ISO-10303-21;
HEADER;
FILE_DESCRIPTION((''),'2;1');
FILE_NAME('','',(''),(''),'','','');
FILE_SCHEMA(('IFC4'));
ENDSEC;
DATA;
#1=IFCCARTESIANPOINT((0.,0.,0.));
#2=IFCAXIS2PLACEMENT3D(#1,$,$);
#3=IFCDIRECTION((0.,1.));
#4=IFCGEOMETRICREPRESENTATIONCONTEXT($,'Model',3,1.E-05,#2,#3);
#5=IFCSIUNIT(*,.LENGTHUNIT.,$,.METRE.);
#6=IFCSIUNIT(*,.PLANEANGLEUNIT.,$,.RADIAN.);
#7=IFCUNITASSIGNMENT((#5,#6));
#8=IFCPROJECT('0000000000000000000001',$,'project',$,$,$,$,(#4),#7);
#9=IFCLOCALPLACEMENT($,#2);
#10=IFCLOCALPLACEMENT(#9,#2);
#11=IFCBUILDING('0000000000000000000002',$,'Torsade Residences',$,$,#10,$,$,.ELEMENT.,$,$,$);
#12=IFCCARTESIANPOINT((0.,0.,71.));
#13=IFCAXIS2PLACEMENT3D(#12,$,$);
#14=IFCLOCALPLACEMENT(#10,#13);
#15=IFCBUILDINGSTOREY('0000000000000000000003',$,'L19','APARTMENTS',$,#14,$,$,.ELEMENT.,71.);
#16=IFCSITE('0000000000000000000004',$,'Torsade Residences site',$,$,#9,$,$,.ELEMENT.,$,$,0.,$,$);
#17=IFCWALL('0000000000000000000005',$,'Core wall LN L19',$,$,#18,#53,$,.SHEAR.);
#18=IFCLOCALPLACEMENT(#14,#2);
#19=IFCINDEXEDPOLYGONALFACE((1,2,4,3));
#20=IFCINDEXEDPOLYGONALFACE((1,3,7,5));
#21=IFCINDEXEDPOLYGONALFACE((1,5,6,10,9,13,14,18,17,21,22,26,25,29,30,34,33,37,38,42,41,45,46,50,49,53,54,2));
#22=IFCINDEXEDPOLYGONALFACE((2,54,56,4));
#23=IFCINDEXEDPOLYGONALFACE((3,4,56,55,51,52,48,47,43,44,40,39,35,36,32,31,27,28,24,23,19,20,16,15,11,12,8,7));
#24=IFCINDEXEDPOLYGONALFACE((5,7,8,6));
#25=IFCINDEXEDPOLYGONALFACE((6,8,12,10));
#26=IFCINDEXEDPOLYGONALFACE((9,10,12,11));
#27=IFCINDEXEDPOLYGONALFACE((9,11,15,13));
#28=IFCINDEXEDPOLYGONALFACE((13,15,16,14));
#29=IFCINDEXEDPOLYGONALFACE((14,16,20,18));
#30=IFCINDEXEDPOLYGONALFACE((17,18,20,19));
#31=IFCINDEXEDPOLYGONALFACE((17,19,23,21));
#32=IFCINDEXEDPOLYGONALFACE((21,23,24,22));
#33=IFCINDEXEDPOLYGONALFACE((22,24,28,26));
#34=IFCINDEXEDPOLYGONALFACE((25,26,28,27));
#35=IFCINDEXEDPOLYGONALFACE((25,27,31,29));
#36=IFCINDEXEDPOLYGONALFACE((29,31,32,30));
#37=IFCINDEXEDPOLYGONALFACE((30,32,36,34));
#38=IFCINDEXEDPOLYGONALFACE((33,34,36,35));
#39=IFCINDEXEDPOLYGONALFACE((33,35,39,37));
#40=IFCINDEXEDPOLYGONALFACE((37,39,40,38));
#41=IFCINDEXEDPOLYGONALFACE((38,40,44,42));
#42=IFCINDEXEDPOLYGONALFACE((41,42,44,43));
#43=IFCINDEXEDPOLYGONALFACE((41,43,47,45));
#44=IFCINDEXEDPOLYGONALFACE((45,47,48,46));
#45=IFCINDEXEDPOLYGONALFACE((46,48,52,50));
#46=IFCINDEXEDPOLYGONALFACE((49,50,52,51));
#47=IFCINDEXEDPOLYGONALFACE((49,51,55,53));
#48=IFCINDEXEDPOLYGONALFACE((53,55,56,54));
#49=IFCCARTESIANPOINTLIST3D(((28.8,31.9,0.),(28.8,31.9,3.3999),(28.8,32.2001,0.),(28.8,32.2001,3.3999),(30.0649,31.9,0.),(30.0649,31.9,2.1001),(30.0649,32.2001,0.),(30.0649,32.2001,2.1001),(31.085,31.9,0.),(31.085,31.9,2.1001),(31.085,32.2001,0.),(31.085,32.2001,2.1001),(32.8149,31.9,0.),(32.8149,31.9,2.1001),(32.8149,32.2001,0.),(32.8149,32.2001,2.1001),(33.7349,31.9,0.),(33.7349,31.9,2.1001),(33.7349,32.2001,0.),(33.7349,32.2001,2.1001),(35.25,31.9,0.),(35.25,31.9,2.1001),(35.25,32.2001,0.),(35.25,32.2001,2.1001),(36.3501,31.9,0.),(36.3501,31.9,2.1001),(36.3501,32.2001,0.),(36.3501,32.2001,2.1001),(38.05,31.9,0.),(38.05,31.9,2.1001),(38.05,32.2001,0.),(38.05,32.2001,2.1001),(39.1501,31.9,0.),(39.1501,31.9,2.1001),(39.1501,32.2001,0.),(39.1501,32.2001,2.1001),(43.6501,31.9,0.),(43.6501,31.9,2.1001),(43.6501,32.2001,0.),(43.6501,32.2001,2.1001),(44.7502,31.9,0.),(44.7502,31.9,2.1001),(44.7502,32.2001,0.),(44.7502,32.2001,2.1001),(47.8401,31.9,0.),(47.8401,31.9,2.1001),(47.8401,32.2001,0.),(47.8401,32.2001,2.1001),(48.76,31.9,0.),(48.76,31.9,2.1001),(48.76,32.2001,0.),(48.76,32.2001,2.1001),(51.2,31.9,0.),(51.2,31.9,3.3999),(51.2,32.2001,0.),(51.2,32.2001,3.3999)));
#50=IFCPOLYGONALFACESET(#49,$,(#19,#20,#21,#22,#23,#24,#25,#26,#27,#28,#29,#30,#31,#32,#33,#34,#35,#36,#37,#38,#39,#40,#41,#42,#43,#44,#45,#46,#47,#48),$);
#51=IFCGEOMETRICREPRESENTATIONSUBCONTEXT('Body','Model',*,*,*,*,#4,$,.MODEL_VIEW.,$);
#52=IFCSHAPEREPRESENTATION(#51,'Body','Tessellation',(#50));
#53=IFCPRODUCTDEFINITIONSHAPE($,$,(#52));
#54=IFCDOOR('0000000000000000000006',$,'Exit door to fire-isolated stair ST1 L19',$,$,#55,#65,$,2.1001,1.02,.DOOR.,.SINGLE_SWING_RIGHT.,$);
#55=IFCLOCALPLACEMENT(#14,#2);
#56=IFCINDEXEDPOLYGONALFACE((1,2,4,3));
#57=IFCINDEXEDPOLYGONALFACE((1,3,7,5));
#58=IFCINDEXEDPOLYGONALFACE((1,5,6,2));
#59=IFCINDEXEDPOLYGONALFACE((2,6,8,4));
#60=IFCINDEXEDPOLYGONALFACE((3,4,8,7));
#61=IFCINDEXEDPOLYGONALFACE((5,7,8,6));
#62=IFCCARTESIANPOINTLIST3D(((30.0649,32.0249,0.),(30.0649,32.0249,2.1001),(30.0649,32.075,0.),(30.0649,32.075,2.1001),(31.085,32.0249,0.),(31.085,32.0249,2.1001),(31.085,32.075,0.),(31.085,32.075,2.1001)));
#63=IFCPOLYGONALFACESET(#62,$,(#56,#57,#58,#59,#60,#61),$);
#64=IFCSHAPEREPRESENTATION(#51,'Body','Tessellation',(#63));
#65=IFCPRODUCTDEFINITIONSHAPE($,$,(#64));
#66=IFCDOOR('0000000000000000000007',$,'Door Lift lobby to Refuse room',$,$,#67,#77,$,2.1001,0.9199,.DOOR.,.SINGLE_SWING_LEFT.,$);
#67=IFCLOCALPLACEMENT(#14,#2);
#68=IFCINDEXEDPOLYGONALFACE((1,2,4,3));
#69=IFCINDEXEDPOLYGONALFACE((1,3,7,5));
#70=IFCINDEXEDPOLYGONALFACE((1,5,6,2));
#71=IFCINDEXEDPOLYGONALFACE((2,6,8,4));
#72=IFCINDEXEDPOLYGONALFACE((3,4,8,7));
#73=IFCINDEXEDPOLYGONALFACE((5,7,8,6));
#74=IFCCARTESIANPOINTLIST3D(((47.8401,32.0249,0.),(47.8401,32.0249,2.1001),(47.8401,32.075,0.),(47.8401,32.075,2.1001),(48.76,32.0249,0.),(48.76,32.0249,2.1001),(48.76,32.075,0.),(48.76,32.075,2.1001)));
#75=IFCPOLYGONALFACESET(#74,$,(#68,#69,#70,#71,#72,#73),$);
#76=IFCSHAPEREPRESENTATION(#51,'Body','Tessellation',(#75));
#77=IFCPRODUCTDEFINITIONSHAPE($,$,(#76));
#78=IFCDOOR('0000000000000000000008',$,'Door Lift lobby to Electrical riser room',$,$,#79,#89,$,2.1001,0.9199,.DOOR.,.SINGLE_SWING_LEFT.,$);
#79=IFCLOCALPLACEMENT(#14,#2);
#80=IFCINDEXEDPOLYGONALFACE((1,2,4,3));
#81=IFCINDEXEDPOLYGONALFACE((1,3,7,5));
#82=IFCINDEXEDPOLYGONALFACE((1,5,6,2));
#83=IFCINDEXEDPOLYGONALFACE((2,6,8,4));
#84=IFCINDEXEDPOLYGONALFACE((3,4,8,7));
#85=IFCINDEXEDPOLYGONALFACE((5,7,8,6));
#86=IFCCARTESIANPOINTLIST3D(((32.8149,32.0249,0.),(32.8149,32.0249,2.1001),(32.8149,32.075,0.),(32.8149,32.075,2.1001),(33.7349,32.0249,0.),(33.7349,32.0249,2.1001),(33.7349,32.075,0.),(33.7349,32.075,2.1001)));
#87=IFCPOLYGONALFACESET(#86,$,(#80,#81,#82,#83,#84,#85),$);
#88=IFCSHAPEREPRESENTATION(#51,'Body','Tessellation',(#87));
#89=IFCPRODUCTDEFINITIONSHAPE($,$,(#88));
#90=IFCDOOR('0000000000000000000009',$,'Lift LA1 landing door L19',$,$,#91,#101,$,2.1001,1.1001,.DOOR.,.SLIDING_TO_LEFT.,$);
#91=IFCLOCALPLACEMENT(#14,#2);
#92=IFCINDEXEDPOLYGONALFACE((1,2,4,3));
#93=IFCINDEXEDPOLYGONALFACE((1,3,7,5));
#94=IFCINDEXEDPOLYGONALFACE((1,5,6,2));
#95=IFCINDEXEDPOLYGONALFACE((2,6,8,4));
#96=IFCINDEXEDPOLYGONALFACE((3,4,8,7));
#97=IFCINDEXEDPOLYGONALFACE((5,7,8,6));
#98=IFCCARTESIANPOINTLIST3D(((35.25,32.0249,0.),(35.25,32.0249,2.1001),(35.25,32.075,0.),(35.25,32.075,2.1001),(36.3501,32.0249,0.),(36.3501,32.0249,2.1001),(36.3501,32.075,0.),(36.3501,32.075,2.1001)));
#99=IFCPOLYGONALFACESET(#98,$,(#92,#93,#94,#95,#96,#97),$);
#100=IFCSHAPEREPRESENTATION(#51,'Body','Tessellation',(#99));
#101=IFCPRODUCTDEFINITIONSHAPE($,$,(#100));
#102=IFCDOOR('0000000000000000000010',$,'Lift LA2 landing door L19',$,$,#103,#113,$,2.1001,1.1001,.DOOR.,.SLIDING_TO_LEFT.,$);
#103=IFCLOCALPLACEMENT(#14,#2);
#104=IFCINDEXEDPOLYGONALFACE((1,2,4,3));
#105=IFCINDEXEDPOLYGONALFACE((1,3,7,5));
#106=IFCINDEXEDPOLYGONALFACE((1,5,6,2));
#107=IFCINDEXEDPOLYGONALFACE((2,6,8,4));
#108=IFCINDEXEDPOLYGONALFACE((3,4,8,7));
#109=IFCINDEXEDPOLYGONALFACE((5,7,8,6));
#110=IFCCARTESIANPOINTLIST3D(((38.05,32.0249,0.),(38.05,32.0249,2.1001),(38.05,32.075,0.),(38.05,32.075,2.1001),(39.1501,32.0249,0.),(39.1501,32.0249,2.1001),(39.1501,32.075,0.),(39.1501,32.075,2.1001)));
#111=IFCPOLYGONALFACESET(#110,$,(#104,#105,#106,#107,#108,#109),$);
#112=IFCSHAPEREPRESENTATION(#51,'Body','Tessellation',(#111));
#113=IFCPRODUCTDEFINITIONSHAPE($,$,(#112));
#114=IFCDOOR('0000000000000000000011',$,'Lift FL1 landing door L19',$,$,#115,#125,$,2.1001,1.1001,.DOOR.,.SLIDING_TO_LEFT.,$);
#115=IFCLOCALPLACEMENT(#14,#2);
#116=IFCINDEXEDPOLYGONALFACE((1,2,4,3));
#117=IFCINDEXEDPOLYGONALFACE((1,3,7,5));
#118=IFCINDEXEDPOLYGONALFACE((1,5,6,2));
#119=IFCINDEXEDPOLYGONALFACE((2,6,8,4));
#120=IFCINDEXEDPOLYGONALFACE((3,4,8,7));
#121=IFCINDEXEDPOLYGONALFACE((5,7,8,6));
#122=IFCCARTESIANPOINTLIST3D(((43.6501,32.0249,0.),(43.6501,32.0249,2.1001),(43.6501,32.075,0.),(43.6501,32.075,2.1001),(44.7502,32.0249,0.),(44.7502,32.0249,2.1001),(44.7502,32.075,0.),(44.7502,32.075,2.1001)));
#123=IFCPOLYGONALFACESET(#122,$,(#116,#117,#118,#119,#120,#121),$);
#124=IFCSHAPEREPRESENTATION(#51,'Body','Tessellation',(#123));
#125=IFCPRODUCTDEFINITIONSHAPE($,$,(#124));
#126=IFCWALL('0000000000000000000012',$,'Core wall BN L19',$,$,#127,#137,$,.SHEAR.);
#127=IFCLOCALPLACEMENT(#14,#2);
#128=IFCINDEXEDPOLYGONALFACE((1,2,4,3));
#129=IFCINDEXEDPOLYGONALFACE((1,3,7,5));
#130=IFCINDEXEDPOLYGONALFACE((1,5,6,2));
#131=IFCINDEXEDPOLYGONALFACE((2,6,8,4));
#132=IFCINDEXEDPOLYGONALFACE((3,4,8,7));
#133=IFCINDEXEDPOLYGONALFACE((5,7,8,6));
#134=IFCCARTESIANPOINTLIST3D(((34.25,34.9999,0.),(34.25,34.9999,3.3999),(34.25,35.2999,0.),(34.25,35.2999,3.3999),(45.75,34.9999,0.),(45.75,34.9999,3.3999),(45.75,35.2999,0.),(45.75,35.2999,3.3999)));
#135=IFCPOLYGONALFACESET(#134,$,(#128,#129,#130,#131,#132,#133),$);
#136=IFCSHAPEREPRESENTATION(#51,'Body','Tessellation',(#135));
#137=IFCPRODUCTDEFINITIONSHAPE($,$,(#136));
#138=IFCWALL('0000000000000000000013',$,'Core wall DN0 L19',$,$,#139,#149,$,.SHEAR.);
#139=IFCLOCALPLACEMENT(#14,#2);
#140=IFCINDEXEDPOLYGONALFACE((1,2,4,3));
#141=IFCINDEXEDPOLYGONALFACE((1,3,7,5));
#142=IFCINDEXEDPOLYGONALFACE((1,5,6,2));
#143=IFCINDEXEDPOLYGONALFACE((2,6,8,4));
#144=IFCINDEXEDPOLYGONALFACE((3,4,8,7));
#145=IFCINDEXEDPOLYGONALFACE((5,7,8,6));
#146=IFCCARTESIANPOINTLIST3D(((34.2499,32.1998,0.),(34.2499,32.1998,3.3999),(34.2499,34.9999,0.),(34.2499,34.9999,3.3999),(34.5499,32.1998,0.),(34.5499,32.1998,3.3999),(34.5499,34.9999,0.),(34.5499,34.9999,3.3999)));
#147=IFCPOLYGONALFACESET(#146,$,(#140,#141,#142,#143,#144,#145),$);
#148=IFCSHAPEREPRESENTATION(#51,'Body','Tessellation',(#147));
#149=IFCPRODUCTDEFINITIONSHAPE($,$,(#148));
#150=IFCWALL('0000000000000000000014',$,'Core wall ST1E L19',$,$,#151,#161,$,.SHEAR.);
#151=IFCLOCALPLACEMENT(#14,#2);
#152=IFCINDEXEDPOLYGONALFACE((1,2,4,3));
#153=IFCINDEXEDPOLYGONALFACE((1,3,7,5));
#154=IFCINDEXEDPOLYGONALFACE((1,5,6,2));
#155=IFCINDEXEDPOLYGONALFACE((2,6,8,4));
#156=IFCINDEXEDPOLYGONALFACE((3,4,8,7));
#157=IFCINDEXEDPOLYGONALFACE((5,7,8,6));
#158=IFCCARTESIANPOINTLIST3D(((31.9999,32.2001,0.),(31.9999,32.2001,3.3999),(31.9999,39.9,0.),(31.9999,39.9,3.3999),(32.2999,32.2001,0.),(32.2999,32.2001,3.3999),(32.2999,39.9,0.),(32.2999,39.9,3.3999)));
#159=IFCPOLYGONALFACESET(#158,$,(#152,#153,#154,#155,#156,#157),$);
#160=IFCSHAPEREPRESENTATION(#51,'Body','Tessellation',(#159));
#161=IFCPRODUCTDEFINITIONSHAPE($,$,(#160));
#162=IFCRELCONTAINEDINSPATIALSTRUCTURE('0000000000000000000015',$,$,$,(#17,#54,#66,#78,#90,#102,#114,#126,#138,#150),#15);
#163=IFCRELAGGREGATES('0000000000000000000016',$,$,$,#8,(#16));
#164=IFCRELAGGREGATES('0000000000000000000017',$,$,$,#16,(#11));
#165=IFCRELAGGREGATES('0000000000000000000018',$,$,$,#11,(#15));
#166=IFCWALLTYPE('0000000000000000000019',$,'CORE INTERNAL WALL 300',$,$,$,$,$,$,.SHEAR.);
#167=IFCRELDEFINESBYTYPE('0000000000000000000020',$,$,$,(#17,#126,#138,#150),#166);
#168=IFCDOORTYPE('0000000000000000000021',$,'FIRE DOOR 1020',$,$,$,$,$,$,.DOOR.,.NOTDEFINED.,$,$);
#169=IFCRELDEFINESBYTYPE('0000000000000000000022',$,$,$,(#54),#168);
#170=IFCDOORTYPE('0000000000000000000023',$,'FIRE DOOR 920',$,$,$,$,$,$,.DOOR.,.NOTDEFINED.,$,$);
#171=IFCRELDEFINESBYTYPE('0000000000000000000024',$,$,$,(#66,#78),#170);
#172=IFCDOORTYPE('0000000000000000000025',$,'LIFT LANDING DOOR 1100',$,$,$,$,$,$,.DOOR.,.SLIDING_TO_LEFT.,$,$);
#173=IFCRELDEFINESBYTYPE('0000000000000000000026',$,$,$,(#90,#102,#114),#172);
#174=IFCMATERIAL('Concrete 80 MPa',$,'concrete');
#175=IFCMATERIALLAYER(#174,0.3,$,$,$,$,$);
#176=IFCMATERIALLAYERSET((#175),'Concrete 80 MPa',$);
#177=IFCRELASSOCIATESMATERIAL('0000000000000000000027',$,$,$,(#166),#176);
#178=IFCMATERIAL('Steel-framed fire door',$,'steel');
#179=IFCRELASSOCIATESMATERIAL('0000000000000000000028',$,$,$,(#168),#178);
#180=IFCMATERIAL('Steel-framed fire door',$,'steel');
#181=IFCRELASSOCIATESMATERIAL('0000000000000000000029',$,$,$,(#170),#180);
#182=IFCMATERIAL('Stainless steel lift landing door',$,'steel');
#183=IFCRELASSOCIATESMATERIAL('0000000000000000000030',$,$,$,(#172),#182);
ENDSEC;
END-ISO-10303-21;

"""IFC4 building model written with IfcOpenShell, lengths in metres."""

from ifc_helpers import new_model, si_unit, direction, frame, frame_2d, origin, place, context, subcontext, project, spatial, rectangle, extrude, material, layer, layer_set, type_object, element, fill, save


model = new_model("IFC4")

# Units and contexts
model_context = context("Model", 3, precision=1e-05, world=origin(), true_north=direction((0.0, 1.0)))
body_context = subcontext(model_context, "Body", "Model", "MODEL_VIEW")
ifc_project = project(units=[si_unit("LENGTHUNIT", "METRE"), si_unit("PLANEANGLEUNIT", "RADIAN")], contexts=[model_context])

# Site, building, storey
site_placement = place(None, origin())
site = spatial("IfcSite", under=ifc_project, at=site_placement, Name="Torsade Residences site", CompositionType="ELEMENT", RefElevation=0.0)
building_placement = place(site_placement, origin())
building = spatial("IfcBuilding", under=site, at=building_placement, Name="Torsade Residences", CompositionType="ELEMENT")
storey_placement = place(building_placement, frame((0.0, 0.0, 71.0)))
storey = spatial("IfcBuildingStorey", under=building, at=storey_placement, Name="L19", Description="APARTMENTS", CompositionType="ELEMENT", Elevation=71.0)

# Wall, openings, doors
ifc_material_1 = material(Name="Concrete 80 MPa", Category="concrete")
ifc_layer_1 = layer(ifc_material_1, 0.3)
ifc_layer_set_1 = layer_set([ifc_layer_1], Name="Concrete 80 MPa")
wall_type_1 = type_object("IfcWallType", Name="CORE INTERNAL WALL 300", PredefinedType="SHEAR", material=ifc_layer_set_1)
wall_1_placement = place(storey_placement, frame((28.8, 32.05, 0.0), z_axis=(0.0, 0.0, 1.0), x_axis=(1.0, 0.0, 0.0)))
wall_1 = element("IfcWall", 1, at=wall_1_placement, inside=storey, type_object=wall_type_1, Name="Core wall LN L19", PredefinedType="SHEAR", context=body_context, shape_type="SweptSolid", body=[
    extrude(rectangle(XDim=22.3999, YDim=0.3, at=frame_2d((11.2, 0.0))), origin(), (0.0, 0.0, 1.0), 3.3999),
])
opening_1_placement = place(wall_1_placement, frame((19.04, 0.0, 0.0)))
opening_1 = element("IfcOpeningElement", 2, at=opening_1_placement, cuts=wall_1, PredefinedType="OPENING", context=body_context, shape_type="SweptSolid", body=[
    extrude(rectangle(XDim=0.9199, YDim=2.1001, at=frame_2d((0.46, 1.05))), frame((0.0, 0.1599, 0.0), z_axis=(0.0, -1.0, 0.0), x_axis=(1.0, 0.0, 0.0)), (0.0, 0.0, 1.0), 0.3201),
])
opening_2_placement = place(wall_1_placement, frame((1.2649, 0.0, 0.0)))
opening_2 = element("IfcOpeningElement", 3, at=opening_2_placement, cuts=wall_1, PredefinedType="OPENING", context=body_context, shape_type="SweptSolid", body=[
    extrude(rectangle(XDim=1.02, YDim=2.1001, at=frame_2d((0.51, 1.05))), frame((0.0, 0.1599, 0.0), z_axis=(0.0, -1.0, 0.0), x_axis=(1.0, 0.0, 0.0)), (0.0, 0.0, 1.0), 0.3201),
])
opening_3_placement = place(wall_1_placement, frame((4.0149, 0.0, 0.0)))
opening_3 = element("IfcOpeningElement", 4, at=opening_3_placement, cuts=wall_1, PredefinedType="OPENING", context=body_context, shape_type="SweptSolid", body=[
    extrude(rectangle(XDim=0.9199, YDim=2.1001, at=frame_2d((0.46, 1.05))), frame((0.0, 0.1599, 0.0), z_axis=(0.0, -1.0, 0.0), x_axis=(1.0, 0.0, 0.0)), (0.0, 0.0, 1.0), 0.3201),
])
opening_4_placement = place(wall_1_placement, frame((6.45, 0.0, 0.0)))
opening_4 = element("IfcOpeningElement", 5, at=opening_4_placement, cuts=wall_1, PredefinedType="OPENING", context=body_context, shape_type="SweptSolid", body=[
    extrude(rectangle(XDim=1.1001, YDim=2.1001, at=frame_2d((0.55, 1.05))), frame((0.0, 0.1599, 0.0), z_axis=(0.0, -1.0, 0.0), x_axis=(1.0, 0.0, 0.0)), (0.0, 0.0, 1.0), 0.3201),
])
opening_5_placement = place(wall_1_placement, frame((9.25, 0.0, 0.0)))
opening_5 = element("IfcOpeningElement", 6, at=opening_5_placement, cuts=wall_1, PredefinedType="OPENING", context=body_context, shape_type="SweptSolid", body=[
    extrude(rectangle(XDim=1.1001, YDim=2.1001, at=frame_2d((0.55, 1.05))), frame((0.0, 0.1599, 0.0), z_axis=(0.0, -1.0, 0.0), x_axis=(1.0, 0.0, 0.0)), (0.0, 0.0, 1.0), 0.3201),
])
opening_6_placement = place(wall_1_placement, frame((14.8501, 0.0, 0.0)))
opening_6 = element("IfcOpeningElement", 7, at=opening_6_placement, cuts=wall_1, PredefinedType="OPENING", context=body_context, shape_type="SweptSolid", body=[
    extrude(rectangle(XDim=1.1001, YDim=2.1001, at=frame_2d((0.55, 1.05))), frame((0.0, 0.1599, 0.0), z_axis=(0.0, -1.0, 0.0), x_axis=(1.0, 0.0, 0.0)), (0.0, 0.0, 1.0), 0.3201),
])
ifc_material_2 = material(Name="Steel-framed fire door", Category="steel")
door_type_1 = type_object("IfcDoorType", Name="FIRE DOOR 1020", OperationType="NOTDEFINED", PredefinedType="DOOR", material=ifc_material_2)
door_1_placement = place(opening_2_placement, origin())
door_1 = element("IfcDoor", 8, at=door_1_placement, inside=storey, type_object=door_type_1, Name="Exit door to fire-isolated stair ST1 L19", OperationType="SINGLE_SWING_RIGHT", OverallHeight=2.1001, OverallWidth=1.02, PredefinedType="DOOR", context=body_context, shape_type="SweptSolid", body=[
    extrude(rectangle(XDim=1.02, YDim=2.1001, at=frame_2d((0.51, 1.05))), frame((0.0, 0.0249, 0.0), z_axis=(0.0, -1.0, 0.0), x_axis=(1.0, 0.0, 0.0)), (0.0, 0.0, 1.0), 0.05),
])
fill(opening_2, door_1)
ifc_material_3 = material(Name="Steel-framed fire door", Category="steel")
door_type_2 = type_object("IfcDoorType", Name="FIRE DOOR 920", OperationType="NOTDEFINED", PredefinedType="DOOR", material=ifc_material_3)
door_2_placement = place(opening_1_placement, origin())
door_2 = element("IfcDoor", 9, at=door_2_placement, inside=storey, type_object=door_type_2, Name="Door Lift lobby to Refuse room", OperationType="SINGLE_SWING_LEFT", OverallHeight=2.1001, OverallWidth=0.9199, PredefinedType="DOOR", context=body_context, shape_type="SweptSolid", body=[
    extrude(rectangle(XDim=0.9199, YDim=2.1001, at=frame_2d((0.46, 1.05))), frame((0.0, 0.0249, 0.0), z_axis=(0.0, -1.0, 0.0), x_axis=(1.0, 0.0, 0.0)), (0.0, 0.0, 1.0), 0.05),
])
fill(opening_1, door_2)
door_3_placement = place(opening_3_placement, origin())
door_3 = element("IfcDoor", 10, at=door_3_placement, inside=storey, type_object=door_type_2, Name="Door Lift lobby to Electrical riser room", OperationType="SINGLE_SWING_LEFT", OverallHeight=2.1001, OverallWidth=0.9199, PredefinedType="DOOR", context=body_context, shape_type="SweptSolid", body=[
    extrude(rectangle(XDim=0.9199, YDim=2.1001, at=frame_2d((0.46, 1.05))), frame((0.0, 0.0249, 0.0), z_axis=(0.0, -1.0, 0.0), x_axis=(1.0, 0.0, 0.0)), (0.0, 0.0, 1.0), 0.05),
])
fill(opening_3, door_3)
ifc_material_4 = material(Name="Stainless steel lift landing door", Category="steel")
door_type_3 = type_object("IfcDoorType", Name="LIFT LANDING DOOR 1100", OperationType="SLIDING_TO_LEFT", PredefinedType="DOOR", material=ifc_material_4)
door_4_placement = place(opening_4_placement, origin())
door_4 = element("IfcDoor", 11, at=door_4_placement, inside=storey, type_object=door_type_3, Name="Lift LA1 landing door L19", OperationType="SLIDING_TO_LEFT", OverallHeight=2.1001, OverallWidth=1.1001, PredefinedType="DOOR", context=body_context, shape_type="SweptSolid", body=[
    extrude(rectangle(XDim=1.1001, YDim=2.1001, at=frame_2d((0.55, 1.05))), frame((0.0, 0.0249, 0.0), z_axis=(0.0, -1.0, 0.0), x_axis=(1.0, 0.0, 0.0)), (0.0, 0.0, 1.0), 0.05),
])
fill(opening_4, door_4)
door_5_placement = place(opening_5_placement, origin())
door_5 = element("IfcDoor", 12, at=door_5_placement, inside=storey, type_object=door_type_3, Name="Lift LA2 landing door L19", OperationType="SLIDING_TO_LEFT", OverallHeight=2.1001, OverallWidth=1.1001, PredefinedType="DOOR", context=body_context, shape_type="SweptSolid", body=[
    extrude(rectangle(XDim=1.1001, YDim=2.1001, at=frame_2d((0.55, 1.05))), frame((0.0, 0.0249, 0.0), z_axis=(0.0, -1.0, 0.0), x_axis=(1.0, 0.0, 0.0)), (0.0, 0.0, 1.0), 0.05),
])
fill(opening_5, door_5)
door_6_placement = place(opening_6_placement, origin())
door_6 = element("IfcDoor", 13, at=door_6_placement, inside=storey, type_object=door_type_3, Name="Lift FL1 landing door L19", OperationType="SLIDING_TO_LEFT", OverallHeight=2.1001, OverallWidth=1.1001, PredefinedType="DOOR", context=body_context, shape_type="SweptSolid", body=[
    extrude(rectangle(XDim=1.1001, YDim=2.1001, at=frame_2d((0.55, 1.05))), frame((0.0, 0.0249, 0.0), z_axis=(0.0, -1.0, 0.0), x_axis=(1.0, 0.0, 0.0)), (0.0, 0.0, 1.0), 0.05),
])
fill(opening_6, door_6)

# Walls
wall_2_placement = place(storey_placement, frame((34.25, 35.1499, 0.0), z_axis=(0.0, 0.0, 1.0), x_axis=(1.0, 0.0, 0.0)))
element("IfcWall", 14, at=wall_2_placement, inside=storey, type_object=wall_type_1, Name="Core wall BN L19", PredefinedType="SHEAR", context=body_context, shape_type="SweptSolid", body=[
    extrude(rectangle(XDim=11.5, YDim=0.3, at=frame_2d((5.75, 0.0))), origin(), (0.0, 0.0, 1.0), 3.3999),
])
wall_3_placement = place(storey_placement, frame((34.3999, 32.2, 0.0), z_axis=(0.0, 0.0, 1.0), x_axis=(0.0, 1.0, 0.0)))
element("IfcWall", 15, at=wall_3_placement, inside=storey, type_object=wall_type_1, Name="Core wall DN0 L19", PredefinedType="SHEAR", context=body_context, shape_type="SweptSolid", body=[
    extrude(rectangle(XDim=2.8, YDim=0.3, at=frame_2d((1.3999, 0.0))), origin(), (0.0, 0.0, 1.0), 3.3999),
])
wall_4_placement = place(storey_placement, frame((32.1499, 32.2, 0.0), z_axis=(0.0, 0.0, 1.0), x_axis=(0.0, 1.0, 0.0)))
element("IfcWall", 16, at=wall_4_placement, inside=storey, type_object=wall_type_1, Name="Core wall ST1E L19", PredefinedType="SHEAR", context=body_context, shape_type="SweptSolid", body=[
    extrude(rectangle(XDim=7.7, YDim=0.3, at=frame_2d((3.8501, 0.0))), origin(), (0.0, 0.0, 1.0), 3.3999),
])

save(model, "model.ifc")
